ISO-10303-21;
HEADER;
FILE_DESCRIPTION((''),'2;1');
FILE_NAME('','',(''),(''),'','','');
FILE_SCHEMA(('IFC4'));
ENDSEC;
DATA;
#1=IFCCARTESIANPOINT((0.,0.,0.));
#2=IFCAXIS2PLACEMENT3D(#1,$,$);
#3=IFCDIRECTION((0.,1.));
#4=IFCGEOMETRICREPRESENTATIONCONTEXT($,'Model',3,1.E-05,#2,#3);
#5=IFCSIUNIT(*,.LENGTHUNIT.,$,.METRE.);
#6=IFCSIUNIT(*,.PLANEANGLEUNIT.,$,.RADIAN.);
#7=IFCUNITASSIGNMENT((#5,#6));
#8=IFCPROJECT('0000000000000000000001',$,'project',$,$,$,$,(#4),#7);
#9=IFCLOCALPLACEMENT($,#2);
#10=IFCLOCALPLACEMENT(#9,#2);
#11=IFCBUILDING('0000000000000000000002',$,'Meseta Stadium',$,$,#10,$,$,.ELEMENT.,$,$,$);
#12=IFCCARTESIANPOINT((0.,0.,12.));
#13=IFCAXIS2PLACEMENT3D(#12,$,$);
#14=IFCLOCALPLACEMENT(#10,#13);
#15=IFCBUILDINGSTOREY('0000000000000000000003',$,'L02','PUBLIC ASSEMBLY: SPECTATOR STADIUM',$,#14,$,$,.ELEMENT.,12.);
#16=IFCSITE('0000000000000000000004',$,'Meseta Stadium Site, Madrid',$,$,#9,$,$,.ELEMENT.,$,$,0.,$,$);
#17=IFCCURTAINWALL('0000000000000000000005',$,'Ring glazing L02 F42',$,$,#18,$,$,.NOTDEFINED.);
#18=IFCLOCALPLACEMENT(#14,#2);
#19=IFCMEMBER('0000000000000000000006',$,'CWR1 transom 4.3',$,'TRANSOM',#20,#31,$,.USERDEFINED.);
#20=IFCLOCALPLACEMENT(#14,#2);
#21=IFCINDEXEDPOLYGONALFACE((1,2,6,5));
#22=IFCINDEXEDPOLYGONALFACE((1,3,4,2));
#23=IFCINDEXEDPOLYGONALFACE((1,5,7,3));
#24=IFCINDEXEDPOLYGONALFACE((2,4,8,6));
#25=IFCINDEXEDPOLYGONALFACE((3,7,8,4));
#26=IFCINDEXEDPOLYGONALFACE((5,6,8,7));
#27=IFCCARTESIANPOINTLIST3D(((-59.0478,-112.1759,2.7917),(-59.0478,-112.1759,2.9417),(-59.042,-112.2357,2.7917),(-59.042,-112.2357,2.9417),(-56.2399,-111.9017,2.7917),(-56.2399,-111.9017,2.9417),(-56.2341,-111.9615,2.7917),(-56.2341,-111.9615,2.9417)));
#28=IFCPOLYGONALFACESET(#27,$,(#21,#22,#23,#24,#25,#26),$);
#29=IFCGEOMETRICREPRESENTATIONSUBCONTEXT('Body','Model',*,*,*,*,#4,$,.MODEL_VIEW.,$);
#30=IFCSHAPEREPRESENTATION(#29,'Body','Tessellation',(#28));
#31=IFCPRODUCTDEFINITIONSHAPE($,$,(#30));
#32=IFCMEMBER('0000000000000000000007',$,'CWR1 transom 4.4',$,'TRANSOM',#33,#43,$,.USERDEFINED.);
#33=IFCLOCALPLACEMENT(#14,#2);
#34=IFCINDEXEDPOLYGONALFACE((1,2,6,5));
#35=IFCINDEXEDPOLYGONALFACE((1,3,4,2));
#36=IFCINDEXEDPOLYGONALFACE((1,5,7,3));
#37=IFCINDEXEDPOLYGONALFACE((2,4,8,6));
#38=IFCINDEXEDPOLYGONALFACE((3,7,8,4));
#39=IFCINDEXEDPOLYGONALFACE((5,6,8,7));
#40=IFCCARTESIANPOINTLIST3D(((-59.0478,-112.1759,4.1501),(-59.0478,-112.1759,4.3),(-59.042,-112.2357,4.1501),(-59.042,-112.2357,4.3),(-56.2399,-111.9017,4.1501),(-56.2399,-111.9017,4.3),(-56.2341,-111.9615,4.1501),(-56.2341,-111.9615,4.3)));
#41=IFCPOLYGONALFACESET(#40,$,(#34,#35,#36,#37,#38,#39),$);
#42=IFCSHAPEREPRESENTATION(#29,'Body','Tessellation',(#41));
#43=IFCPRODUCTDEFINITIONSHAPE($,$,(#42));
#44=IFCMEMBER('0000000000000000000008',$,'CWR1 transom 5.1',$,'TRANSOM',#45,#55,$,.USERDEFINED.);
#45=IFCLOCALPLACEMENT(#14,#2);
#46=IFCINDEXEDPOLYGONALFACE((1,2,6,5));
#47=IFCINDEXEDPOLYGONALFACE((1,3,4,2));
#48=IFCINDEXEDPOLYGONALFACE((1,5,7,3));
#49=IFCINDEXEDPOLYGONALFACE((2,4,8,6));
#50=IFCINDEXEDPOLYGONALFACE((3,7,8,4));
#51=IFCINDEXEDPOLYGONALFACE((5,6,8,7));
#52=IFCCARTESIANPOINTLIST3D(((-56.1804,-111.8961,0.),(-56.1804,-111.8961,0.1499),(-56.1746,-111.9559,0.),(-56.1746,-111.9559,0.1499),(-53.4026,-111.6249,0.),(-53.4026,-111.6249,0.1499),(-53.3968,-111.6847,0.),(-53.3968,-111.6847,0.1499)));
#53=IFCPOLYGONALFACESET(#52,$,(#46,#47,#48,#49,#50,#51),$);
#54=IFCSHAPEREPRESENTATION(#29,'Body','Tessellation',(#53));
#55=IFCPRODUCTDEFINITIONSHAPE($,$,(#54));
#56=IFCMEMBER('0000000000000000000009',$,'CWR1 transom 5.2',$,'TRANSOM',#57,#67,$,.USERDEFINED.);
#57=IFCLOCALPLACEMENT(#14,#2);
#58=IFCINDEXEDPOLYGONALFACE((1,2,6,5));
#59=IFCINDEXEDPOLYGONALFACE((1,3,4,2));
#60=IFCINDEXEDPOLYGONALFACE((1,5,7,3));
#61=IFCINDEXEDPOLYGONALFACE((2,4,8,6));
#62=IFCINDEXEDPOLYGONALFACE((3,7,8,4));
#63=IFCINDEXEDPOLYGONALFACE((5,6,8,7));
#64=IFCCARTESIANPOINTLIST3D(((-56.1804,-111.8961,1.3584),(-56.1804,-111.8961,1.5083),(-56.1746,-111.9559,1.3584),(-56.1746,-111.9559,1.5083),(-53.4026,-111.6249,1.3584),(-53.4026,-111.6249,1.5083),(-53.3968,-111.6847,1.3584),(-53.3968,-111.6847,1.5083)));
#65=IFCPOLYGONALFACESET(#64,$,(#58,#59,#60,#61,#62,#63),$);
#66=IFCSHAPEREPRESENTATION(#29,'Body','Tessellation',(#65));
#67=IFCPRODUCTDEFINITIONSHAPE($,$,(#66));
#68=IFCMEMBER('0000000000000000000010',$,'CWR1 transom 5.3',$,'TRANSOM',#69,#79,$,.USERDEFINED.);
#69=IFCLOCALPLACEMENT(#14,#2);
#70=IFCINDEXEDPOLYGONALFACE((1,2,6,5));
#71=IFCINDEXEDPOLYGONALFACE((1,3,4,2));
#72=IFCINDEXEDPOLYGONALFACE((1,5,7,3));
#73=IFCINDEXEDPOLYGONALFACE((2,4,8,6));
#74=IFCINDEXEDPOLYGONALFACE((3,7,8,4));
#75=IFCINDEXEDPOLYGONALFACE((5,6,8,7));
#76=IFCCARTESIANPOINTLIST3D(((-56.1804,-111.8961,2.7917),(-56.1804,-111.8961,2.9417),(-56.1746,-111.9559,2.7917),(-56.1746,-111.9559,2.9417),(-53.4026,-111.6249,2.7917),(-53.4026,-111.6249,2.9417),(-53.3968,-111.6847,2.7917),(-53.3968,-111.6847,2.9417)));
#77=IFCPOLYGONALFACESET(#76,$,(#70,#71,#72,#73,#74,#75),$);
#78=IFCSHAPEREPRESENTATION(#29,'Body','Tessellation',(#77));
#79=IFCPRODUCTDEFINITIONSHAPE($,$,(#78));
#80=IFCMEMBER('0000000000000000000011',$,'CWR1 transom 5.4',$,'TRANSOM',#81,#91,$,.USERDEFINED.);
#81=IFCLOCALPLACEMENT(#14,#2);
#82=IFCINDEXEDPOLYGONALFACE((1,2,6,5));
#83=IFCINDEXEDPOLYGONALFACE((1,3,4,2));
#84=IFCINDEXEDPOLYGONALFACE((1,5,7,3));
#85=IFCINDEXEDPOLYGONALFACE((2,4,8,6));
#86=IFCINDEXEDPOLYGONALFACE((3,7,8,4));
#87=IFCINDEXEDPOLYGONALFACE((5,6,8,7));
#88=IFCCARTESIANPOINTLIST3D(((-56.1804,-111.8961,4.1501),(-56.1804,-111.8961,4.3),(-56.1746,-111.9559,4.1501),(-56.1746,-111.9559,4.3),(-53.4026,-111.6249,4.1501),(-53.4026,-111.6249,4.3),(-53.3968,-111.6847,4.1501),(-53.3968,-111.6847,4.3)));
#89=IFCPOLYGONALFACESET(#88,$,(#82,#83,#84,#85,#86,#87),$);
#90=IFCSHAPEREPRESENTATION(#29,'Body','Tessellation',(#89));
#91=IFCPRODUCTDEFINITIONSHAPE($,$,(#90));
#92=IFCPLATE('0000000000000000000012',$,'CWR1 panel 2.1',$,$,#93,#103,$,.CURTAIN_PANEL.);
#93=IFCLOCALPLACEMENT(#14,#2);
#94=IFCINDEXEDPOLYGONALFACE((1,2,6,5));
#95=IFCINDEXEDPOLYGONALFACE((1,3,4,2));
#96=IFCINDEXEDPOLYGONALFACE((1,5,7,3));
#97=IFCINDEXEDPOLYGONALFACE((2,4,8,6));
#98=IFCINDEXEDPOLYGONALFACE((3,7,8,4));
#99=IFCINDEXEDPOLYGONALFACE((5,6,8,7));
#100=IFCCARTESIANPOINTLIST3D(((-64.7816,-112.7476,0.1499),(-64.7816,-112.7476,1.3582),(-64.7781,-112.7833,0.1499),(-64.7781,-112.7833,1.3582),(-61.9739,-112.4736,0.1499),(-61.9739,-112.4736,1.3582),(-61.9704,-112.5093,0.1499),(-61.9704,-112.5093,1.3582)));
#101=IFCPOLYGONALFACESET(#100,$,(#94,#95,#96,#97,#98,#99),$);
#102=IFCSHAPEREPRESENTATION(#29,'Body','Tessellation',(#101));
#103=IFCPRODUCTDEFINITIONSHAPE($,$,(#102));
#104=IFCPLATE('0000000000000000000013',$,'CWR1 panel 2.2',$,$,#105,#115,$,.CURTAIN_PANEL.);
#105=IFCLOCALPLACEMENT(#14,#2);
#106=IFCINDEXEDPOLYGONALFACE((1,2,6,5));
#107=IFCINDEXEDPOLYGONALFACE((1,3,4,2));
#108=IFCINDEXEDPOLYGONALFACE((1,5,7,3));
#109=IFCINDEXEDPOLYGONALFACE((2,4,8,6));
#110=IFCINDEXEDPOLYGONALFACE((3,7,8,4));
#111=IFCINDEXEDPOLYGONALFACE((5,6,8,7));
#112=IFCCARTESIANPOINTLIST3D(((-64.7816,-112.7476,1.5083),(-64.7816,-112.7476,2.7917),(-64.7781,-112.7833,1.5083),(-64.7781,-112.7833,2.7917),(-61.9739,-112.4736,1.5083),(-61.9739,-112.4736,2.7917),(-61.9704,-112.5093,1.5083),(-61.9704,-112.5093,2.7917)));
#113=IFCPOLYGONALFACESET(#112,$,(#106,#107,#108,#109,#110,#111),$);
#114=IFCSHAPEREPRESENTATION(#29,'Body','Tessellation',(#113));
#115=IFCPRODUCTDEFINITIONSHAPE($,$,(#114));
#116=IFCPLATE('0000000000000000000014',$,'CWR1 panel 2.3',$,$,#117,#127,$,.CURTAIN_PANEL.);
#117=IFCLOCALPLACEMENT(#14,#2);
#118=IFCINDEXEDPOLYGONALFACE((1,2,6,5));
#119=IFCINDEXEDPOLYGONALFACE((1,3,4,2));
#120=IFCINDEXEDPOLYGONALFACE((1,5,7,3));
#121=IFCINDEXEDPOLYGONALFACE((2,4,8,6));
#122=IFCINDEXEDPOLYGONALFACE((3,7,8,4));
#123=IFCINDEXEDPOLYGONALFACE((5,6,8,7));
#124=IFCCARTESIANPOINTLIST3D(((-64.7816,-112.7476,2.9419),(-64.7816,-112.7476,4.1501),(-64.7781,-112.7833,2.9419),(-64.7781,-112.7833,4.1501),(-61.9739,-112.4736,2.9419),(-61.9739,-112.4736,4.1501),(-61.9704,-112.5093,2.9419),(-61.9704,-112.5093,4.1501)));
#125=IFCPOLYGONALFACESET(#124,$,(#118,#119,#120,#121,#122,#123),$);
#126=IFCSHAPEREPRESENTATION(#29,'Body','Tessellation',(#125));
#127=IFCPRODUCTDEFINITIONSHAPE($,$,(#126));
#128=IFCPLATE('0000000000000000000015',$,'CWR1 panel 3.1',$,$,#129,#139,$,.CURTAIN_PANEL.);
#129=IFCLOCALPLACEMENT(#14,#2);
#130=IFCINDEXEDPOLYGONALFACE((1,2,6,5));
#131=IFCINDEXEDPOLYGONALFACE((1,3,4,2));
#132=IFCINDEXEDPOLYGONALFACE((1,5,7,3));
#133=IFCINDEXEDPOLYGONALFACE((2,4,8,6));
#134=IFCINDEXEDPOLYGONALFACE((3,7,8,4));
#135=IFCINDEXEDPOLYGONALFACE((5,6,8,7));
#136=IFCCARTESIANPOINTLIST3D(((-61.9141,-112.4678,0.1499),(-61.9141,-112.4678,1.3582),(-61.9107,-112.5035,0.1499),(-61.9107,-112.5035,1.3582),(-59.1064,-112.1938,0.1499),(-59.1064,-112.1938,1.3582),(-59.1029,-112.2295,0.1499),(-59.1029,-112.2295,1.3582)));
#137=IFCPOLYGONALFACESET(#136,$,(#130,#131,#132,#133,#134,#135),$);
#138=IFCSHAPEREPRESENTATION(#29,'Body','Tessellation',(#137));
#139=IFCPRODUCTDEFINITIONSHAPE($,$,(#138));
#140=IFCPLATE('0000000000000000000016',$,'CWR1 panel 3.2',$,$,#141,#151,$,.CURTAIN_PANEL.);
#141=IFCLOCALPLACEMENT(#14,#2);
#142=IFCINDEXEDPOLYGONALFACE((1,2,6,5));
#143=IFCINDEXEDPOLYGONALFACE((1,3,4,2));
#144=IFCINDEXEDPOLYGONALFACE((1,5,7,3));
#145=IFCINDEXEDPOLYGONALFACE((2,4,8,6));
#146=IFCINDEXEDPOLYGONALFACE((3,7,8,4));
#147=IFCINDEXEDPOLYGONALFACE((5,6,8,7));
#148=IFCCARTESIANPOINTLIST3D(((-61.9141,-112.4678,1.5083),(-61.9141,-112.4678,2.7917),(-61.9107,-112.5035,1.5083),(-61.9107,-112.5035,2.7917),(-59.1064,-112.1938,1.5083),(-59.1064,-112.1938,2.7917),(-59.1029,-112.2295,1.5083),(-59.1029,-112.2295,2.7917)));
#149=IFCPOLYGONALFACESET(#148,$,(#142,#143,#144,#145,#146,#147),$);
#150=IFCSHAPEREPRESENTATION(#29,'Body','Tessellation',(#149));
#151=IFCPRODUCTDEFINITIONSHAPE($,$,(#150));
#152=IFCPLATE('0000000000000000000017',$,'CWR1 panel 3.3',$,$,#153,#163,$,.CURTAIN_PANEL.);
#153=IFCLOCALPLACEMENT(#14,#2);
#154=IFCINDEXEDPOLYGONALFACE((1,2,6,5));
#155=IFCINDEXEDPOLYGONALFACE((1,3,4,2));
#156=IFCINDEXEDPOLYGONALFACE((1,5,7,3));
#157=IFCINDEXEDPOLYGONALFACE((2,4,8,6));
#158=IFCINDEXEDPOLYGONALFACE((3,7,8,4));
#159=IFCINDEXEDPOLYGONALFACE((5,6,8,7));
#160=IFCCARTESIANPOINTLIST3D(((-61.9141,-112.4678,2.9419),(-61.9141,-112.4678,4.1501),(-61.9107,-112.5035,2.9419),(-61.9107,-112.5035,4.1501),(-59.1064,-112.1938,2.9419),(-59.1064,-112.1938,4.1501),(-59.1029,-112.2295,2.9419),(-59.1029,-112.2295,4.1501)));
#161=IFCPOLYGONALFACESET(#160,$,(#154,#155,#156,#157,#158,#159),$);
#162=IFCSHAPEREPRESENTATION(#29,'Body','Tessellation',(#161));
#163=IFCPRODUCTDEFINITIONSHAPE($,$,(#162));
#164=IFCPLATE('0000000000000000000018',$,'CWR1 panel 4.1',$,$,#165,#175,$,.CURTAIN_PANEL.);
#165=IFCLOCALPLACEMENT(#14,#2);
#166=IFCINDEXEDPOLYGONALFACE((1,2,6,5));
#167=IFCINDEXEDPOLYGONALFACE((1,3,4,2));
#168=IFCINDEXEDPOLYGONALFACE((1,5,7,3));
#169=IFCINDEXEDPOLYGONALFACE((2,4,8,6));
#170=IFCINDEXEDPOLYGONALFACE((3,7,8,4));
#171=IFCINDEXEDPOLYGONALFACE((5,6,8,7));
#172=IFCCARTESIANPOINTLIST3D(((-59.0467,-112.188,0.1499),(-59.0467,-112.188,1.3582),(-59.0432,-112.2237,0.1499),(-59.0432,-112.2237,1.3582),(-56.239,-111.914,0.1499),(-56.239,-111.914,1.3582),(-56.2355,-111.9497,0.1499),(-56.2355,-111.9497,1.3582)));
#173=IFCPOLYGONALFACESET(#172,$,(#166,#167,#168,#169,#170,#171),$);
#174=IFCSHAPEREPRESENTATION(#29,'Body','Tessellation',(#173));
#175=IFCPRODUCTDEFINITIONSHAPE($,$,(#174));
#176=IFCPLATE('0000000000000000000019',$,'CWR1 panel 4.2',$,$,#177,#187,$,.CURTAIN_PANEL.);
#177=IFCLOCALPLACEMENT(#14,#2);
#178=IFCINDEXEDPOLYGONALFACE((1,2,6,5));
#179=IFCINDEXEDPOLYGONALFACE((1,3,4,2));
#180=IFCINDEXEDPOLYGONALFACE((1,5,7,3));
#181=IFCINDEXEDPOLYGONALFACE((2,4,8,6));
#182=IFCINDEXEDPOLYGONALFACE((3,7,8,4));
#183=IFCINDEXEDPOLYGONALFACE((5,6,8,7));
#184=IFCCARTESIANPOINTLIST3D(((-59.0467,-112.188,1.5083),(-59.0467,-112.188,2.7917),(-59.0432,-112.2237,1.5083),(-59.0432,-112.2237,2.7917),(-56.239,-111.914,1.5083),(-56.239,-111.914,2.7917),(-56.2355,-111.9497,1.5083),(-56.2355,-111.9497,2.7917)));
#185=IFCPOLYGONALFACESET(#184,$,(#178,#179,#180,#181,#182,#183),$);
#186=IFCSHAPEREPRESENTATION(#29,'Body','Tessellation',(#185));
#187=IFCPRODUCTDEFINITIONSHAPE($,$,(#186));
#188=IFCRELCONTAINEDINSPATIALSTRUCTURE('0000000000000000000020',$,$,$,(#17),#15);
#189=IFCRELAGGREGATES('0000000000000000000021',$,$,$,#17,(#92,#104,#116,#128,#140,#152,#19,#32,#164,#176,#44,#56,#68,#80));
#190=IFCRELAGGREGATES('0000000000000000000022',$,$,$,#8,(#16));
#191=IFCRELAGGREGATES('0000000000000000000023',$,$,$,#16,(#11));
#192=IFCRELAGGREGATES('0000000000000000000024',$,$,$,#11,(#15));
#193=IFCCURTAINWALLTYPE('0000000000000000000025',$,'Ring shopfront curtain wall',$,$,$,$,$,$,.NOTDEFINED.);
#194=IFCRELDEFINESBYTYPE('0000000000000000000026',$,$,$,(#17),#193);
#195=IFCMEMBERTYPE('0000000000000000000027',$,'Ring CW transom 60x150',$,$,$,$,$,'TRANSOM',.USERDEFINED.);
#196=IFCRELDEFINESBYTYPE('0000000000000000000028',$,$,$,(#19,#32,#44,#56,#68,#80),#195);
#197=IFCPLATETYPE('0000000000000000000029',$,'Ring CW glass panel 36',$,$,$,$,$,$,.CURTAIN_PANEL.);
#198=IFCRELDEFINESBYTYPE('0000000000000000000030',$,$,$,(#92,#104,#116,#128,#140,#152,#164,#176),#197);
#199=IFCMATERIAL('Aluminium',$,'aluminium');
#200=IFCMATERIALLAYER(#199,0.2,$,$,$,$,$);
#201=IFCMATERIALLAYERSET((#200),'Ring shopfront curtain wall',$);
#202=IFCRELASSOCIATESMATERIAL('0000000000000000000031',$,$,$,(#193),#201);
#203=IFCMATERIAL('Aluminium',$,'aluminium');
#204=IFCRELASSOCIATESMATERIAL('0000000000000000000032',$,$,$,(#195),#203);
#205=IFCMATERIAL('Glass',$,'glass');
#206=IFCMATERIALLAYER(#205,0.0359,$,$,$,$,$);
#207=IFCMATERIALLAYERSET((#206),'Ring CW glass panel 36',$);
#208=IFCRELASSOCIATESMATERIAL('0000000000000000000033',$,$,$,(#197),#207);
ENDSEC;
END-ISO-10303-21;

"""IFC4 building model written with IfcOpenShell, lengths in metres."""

from ifc_helpers import new_model, si_unit, direction, frame, origin, origin_2d, place, context, subcontext, project, spatial, rectangle, extrude, material, layer, layer_set, material_profile, profile_set, type_object, element, aggregate, save


model = new_model("IFC4")

# Units and contexts
model_context = context("Model", 3, precision=1e-05, world=origin(), true_north=direction((0.0, 1.0)))
body_context = subcontext(model_context, "Body", "Model", "MODEL_VIEW")
ifc_project = project(units=[si_unit("LENGTHUNIT", "METRE"), si_unit("PLANEANGLEUNIT", "RADIAN")], contexts=[model_context])

# Site, building, storey
site_placement = place(None, origin())
site = spatial("IfcSite", under=ifc_project, at=site_placement, Name="Meseta Stadium Site, Madrid", CompositionType="ELEMENT", RefElevation=0.0)
building_placement = place(site_placement, origin())
building = spatial("IfcBuilding", under=site, at=building_placement, Name="Meseta Stadium", CompositionType="ELEMENT")
storey_placement = place(building_placement, frame((0.0, 0.0, 12.0)))
storey = spatial("IfcBuildingStorey", under=building, at=storey_placement, Name="L02", Description="PUBLIC ASSEMBLY: SPECTATOR STADIUM", CompositionType="ELEMENT", Elevation=12.0)

# Curtain wall, members, plates
ifc_material_1 = material(Name="Aluminium", Category="aluminium")
ifc_layer_1 = layer(ifc_material_1, 0.2)
ifc_layer_set_1 = layer_set([ifc_layer_1], Name="Ring shopfront curtain wall")
curtain_wall_type = type_object("IfcCurtainWallType", Name="Ring shopfront curtain wall", PredefinedType="NOTDEFINED", material=ifc_layer_set_1)
curtain_wall_placement = place(storey_placement, origin())
curtain_wall = element("IfcCurtainWall", 1, at=curtain_wall_placement, inside=storey, type_object=curtain_wall_type, Name="Ring glazing L02 F42", PredefinedType="NOTDEFINED")
ifc_material_2 = material(Name="Aluminium", Category="aluminium")
ifc_material_profile_1 = material_profile(ifc_material_2, rectangle(XDim=0.0601, YDim=0.1499, at=origin_2d()), Name="CW 60x150")
ifc_profile_set_1 = profile_set([ifc_material_profile_1], Name="Aluminium")
member_type_1 = type_object("IfcMemberType", Name="Ring CW transom 60x150", ElementType="TRANSOM", PredefinedType="USERDEFINED", material=ifc_profile_set_1)
member_1_placement = place(storey_placement, frame((-59.0449, -112.2058, 2.8667), z_axis=(0.995267, 0.097182, 0.0), x_axis=(-0.097182, 0.995267, 0.0)))
member_1 = element("IfcMember", 2, at=member_1_placement, type_object=member_type_1, Name="CWR1 transom 4.3", ObjectType="TRANSOM", PredefinedType="USERDEFINED", context=body_context, shape_type="SweptSolid", body=[
    extrude(rectangle(XDim=0.0601, YDim=0.1499, at=origin_2d()), origin(), (0.0, 0.0, 1.0), 2.8213),
])
member_2_placement = place(storey_placement, frame((-59.0449, -112.2058, 4.2251), z_axis=(0.995267, 0.097182, 0.0), x_axis=(-0.097182, 0.995267, 0.0)))
member_2 = element("IfcMember", 3, at=member_2_placement, type_object=member_type_1, Name="CWR1 transom 4.4", ObjectType="TRANSOM", PredefinedType="USERDEFINED", context=body_context, shape_type="SweptSolid", body=[
    extrude(rectangle(XDim=0.0601, YDim=0.1499, at=origin_2d()), origin(), (0.0, 0.0, 1.0), 2.8213),
])
member_3_placement = place(storey_placement, frame((-56.1775, -111.926, 0.075), z_axis=(0.995267, 0.097182, 0.0), x_axis=(-0.097182, 0.995267, 0.0)))
member_3 = element("IfcMember", 4, at=member_3_placement, type_object=member_type_1, Name="CWR1 transom 5.1", ObjectType="TRANSOM", PredefinedType="USERDEFINED", context=body_context, shape_type="SweptSolid", body=[
    extrude(rectangle(XDim=0.0601, YDim=0.1499, at=origin_2d()), origin(), (0.0, 0.0, 1.0), 2.791),
])
member_4_placement = place(storey_placement, frame((-56.1775, -111.926, 1.4333), z_axis=(0.995267, 0.097182, 0.0), x_axis=(-0.097182, 0.995267, 0.0)))
member_4 = element("IfcMember", 5, at=member_4_placement, type_object=member_type_1, Name="CWR1 transom 5.2", ObjectType="TRANSOM", PredefinedType="USERDEFINED", context=body_context, shape_type="SweptSolid", body=[
    extrude(rectangle(XDim=0.0601, YDim=0.1499, at=origin_2d()), origin(), (0.0, 0.0, 1.0), 2.791),
])
member_5_placement = place(storey_placement, frame((-56.1775, -111.926, 2.8667), z_axis=(0.995267, 0.097182, 0.0), x_axis=(-0.097182, 0.995267, 0.0)))
member_5 = element("IfcMember", 6, at=member_5_placement, type_object=member_type_1, Name="CWR1 transom 5.3", ObjectType="TRANSOM", PredefinedType="USERDEFINED", context=body_context, shape_type="SweptSolid", body=[
    extrude(rectangle(XDim=0.0601, YDim=0.1499, at=origin_2d()), origin(), (0.0, 0.0, 1.0), 2.791),
])
member_6_placement = place(storey_placement, frame((-56.1775, -111.926, 4.2251), z_axis=(0.995267, 0.097182, 0.0), x_axis=(-0.097182, 0.995267, 0.0)))
member_6 = element("IfcMember", 7, at=member_6_placement, type_object=member_type_1, Name="CWR1 transom 5.4", ObjectType="TRANSOM", PredefinedType="USERDEFINED", context=body_context, shape_type="SweptSolid", body=[
    extrude(rectangle(XDim=0.0601, YDim=0.1499, at=origin_2d()), origin(), (0.0, 0.0, 1.0), 2.791),
])
ifc_material_3 = material(Name="Glass", Category="glass")
ifc_layer_2 = layer(ifc_material_3, 0.0359)
ifc_layer_set_2 = layer_set([ifc_layer_2], Name="Ring CW glass panel 36")
plate_type_1 = type_object("IfcPlateType", Name="Ring CW glass panel 36", PredefinedType="CURTAIN_PANEL", material=ifc_layer_set_2)
plate_1_placement = place(storey_placement, frame((-63.376, -112.6284, 0.1499), z_axis=(0.0, 0.0, 1.0), x_axis=(0.995272, 0.097125, 0.0)))
plate_1 = element("IfcPlate", 8, at=plate_1_placement, type_object=plate_type_1, Name="CWR1 panel 2.1", PredefinedType="CURTAIN_PANEL", context=body_context, shape_type="SweptSolid", body=[
    extrude(rectangle(XDim=2.821, YDim=0.0359, at=origin_2d()), origin(), (0.0, 0.0, 1.0), 1.2083),
])
plate_2_placement = place(storey_placement, frame((-63.376, -112.6284, 1.5083), z_axis=(0.0, 0.0, 1.0), x_axis=(0.995272, 0.097125, 0.0)))
plate_2 = element("IfcPlate", 9, at=plate_2_placement, type_object=plate_type_1, Name="CWR1 panel 2.2", PredefinedType="CURTAIN_PANEL", context=body_context, shape_type="SweptSolid", body=[
    extrude(rectangle(XDim=2.821, YDim=0.0359, at=origin_2d()), origin(), (0.0, 0.0, 1.0), 1.2834),
])
plate_3_placement = place(storey_placement, frame((-63.376, -112.6284, 2.9419), z_axis=(0.0, 0.0, 1.0), x_axis=(0.995272, 0.097125, 0.0)))
plate_3 = element("IfcPlate", 10, at=plate_3_placement, type_object=plate_type_1, Name="CWR1 panel 2.3", PredefinedType="CURTAIN_PANEL", context=body_context, shape_type="SweptSolid", body=[
    extrude(rectangle(XDim=2.821, YDim=0.0359, at=origin_2d()), origin(), (0.0, 0.0, 1.0), 1.2083),
])
plate_4_placement = place(storey_placement, frame((-60.5085, -112.3486, 0.1499), z_axis=(0.0, 0.0, 1.0), x_axis=(0.995272, 0.097125, 0.0)))
plate_4 = element("IfcPlate", 11, at=plate_4_placement, type_object=plate_type_1, Name="CWR1 panel 3.1", PredefinedType="CURTAIN_PANEL", context=body_context, shape_type="SweptSolid", body=[
    extrude(rectangle(XDim=2.821, YDim=0.0359, at=origin_2d()), origin(), (0.0, 0.0, 1.0), 1.2083),
])
plate_5_placement = place(storey_placement, frame((-60.5085, -112.3486, 1.5083), z_axis=(0.0, 0.0, 1.0), x_axis=(0.995272, 0.097125, 0.0)))
plate_5 = element("IfcPlate", 12, at=plate_5_placement, type_object=plate_type_1, Name="CWR1 panel 3.2", PredefinedType="CURTAIN_PANEL", context=body_context, shape_type="SweptSolid", body=[
    extrude(rectangle(XDim=2.821, YDim=0.0359, at=origin_2d()), origin(), (0.0, 0.0, 1.0), 1.2834),
])
plate_6_placement = place(storey_placement, frame((-60.5085, -112.3486, 2.9419), z_axis=(0.0, 0.0, 1.0), x_axis=(0.995272, 0.097125, 0.0)))
plate_6 = element("IfcPlate", 13, at=plate_6_placement, type_object=plate_type_1, Name="CWR1 panel 3.3", PredefinedType="CURTAIN_PANEL", context=body_context, shape_type="SweptSolid", body=[
    extrude(rectangle(XDim=2.821, YDim=0.0359, at=origin_2d()), origin(), (0.0, 0.0, 1.0), 1.2083),
])
plate_7_placement = place(storey_placement, frame((-57.6411, -112.0688, 0.1499), z_axis=(0.0, 0.0, 1.0), x_axis=(0.995272, 0.097125, 0.0)))
plate_7 = element("IfcPlate", 14, at=plate_7_placement, type_object=plate_type_1, Name="CWR1 panel 4.1", PredefinedType="CURTAIN_PANEL", context=body_context, shape_type="SweptSolid", body=[
    extrude(rectangle(XDim=2.821, YDim=0.0359, at=origin_2d()), origin(), (0.0, 0.0, 1.0), 1.2083),
])
plate_8_placement = place(storey_placement, frame((-57.6411, -112.0688, 1.5083), z_axis=(0.0, 0.0, 1.0), x_axis=(0.995272, 0.097125, 0.0)))
plate_8 = element("IfcPlate", 15, at=plate_8_placement, type_object=plate_type_1, Name="CWR1 panel 4.2", PredefinedType="CURTAIN_PANEL", context=body_context, shape_type="SweptSolid", body=[
    extrude(rectangle(XDim=2.821, YDim=0.0359, at=origin_2d()), origin(), (0.0, 0.0, 1.0), 1.2834),
])
aggregate(curtain_wall, [plate_1, plate_2, plate_3, plate_4, plate_5, plate_6, member_1, member_2, plate_7, plate_8, member_3, member_4, member_5, member_6])

save(model, "model.ifc")
